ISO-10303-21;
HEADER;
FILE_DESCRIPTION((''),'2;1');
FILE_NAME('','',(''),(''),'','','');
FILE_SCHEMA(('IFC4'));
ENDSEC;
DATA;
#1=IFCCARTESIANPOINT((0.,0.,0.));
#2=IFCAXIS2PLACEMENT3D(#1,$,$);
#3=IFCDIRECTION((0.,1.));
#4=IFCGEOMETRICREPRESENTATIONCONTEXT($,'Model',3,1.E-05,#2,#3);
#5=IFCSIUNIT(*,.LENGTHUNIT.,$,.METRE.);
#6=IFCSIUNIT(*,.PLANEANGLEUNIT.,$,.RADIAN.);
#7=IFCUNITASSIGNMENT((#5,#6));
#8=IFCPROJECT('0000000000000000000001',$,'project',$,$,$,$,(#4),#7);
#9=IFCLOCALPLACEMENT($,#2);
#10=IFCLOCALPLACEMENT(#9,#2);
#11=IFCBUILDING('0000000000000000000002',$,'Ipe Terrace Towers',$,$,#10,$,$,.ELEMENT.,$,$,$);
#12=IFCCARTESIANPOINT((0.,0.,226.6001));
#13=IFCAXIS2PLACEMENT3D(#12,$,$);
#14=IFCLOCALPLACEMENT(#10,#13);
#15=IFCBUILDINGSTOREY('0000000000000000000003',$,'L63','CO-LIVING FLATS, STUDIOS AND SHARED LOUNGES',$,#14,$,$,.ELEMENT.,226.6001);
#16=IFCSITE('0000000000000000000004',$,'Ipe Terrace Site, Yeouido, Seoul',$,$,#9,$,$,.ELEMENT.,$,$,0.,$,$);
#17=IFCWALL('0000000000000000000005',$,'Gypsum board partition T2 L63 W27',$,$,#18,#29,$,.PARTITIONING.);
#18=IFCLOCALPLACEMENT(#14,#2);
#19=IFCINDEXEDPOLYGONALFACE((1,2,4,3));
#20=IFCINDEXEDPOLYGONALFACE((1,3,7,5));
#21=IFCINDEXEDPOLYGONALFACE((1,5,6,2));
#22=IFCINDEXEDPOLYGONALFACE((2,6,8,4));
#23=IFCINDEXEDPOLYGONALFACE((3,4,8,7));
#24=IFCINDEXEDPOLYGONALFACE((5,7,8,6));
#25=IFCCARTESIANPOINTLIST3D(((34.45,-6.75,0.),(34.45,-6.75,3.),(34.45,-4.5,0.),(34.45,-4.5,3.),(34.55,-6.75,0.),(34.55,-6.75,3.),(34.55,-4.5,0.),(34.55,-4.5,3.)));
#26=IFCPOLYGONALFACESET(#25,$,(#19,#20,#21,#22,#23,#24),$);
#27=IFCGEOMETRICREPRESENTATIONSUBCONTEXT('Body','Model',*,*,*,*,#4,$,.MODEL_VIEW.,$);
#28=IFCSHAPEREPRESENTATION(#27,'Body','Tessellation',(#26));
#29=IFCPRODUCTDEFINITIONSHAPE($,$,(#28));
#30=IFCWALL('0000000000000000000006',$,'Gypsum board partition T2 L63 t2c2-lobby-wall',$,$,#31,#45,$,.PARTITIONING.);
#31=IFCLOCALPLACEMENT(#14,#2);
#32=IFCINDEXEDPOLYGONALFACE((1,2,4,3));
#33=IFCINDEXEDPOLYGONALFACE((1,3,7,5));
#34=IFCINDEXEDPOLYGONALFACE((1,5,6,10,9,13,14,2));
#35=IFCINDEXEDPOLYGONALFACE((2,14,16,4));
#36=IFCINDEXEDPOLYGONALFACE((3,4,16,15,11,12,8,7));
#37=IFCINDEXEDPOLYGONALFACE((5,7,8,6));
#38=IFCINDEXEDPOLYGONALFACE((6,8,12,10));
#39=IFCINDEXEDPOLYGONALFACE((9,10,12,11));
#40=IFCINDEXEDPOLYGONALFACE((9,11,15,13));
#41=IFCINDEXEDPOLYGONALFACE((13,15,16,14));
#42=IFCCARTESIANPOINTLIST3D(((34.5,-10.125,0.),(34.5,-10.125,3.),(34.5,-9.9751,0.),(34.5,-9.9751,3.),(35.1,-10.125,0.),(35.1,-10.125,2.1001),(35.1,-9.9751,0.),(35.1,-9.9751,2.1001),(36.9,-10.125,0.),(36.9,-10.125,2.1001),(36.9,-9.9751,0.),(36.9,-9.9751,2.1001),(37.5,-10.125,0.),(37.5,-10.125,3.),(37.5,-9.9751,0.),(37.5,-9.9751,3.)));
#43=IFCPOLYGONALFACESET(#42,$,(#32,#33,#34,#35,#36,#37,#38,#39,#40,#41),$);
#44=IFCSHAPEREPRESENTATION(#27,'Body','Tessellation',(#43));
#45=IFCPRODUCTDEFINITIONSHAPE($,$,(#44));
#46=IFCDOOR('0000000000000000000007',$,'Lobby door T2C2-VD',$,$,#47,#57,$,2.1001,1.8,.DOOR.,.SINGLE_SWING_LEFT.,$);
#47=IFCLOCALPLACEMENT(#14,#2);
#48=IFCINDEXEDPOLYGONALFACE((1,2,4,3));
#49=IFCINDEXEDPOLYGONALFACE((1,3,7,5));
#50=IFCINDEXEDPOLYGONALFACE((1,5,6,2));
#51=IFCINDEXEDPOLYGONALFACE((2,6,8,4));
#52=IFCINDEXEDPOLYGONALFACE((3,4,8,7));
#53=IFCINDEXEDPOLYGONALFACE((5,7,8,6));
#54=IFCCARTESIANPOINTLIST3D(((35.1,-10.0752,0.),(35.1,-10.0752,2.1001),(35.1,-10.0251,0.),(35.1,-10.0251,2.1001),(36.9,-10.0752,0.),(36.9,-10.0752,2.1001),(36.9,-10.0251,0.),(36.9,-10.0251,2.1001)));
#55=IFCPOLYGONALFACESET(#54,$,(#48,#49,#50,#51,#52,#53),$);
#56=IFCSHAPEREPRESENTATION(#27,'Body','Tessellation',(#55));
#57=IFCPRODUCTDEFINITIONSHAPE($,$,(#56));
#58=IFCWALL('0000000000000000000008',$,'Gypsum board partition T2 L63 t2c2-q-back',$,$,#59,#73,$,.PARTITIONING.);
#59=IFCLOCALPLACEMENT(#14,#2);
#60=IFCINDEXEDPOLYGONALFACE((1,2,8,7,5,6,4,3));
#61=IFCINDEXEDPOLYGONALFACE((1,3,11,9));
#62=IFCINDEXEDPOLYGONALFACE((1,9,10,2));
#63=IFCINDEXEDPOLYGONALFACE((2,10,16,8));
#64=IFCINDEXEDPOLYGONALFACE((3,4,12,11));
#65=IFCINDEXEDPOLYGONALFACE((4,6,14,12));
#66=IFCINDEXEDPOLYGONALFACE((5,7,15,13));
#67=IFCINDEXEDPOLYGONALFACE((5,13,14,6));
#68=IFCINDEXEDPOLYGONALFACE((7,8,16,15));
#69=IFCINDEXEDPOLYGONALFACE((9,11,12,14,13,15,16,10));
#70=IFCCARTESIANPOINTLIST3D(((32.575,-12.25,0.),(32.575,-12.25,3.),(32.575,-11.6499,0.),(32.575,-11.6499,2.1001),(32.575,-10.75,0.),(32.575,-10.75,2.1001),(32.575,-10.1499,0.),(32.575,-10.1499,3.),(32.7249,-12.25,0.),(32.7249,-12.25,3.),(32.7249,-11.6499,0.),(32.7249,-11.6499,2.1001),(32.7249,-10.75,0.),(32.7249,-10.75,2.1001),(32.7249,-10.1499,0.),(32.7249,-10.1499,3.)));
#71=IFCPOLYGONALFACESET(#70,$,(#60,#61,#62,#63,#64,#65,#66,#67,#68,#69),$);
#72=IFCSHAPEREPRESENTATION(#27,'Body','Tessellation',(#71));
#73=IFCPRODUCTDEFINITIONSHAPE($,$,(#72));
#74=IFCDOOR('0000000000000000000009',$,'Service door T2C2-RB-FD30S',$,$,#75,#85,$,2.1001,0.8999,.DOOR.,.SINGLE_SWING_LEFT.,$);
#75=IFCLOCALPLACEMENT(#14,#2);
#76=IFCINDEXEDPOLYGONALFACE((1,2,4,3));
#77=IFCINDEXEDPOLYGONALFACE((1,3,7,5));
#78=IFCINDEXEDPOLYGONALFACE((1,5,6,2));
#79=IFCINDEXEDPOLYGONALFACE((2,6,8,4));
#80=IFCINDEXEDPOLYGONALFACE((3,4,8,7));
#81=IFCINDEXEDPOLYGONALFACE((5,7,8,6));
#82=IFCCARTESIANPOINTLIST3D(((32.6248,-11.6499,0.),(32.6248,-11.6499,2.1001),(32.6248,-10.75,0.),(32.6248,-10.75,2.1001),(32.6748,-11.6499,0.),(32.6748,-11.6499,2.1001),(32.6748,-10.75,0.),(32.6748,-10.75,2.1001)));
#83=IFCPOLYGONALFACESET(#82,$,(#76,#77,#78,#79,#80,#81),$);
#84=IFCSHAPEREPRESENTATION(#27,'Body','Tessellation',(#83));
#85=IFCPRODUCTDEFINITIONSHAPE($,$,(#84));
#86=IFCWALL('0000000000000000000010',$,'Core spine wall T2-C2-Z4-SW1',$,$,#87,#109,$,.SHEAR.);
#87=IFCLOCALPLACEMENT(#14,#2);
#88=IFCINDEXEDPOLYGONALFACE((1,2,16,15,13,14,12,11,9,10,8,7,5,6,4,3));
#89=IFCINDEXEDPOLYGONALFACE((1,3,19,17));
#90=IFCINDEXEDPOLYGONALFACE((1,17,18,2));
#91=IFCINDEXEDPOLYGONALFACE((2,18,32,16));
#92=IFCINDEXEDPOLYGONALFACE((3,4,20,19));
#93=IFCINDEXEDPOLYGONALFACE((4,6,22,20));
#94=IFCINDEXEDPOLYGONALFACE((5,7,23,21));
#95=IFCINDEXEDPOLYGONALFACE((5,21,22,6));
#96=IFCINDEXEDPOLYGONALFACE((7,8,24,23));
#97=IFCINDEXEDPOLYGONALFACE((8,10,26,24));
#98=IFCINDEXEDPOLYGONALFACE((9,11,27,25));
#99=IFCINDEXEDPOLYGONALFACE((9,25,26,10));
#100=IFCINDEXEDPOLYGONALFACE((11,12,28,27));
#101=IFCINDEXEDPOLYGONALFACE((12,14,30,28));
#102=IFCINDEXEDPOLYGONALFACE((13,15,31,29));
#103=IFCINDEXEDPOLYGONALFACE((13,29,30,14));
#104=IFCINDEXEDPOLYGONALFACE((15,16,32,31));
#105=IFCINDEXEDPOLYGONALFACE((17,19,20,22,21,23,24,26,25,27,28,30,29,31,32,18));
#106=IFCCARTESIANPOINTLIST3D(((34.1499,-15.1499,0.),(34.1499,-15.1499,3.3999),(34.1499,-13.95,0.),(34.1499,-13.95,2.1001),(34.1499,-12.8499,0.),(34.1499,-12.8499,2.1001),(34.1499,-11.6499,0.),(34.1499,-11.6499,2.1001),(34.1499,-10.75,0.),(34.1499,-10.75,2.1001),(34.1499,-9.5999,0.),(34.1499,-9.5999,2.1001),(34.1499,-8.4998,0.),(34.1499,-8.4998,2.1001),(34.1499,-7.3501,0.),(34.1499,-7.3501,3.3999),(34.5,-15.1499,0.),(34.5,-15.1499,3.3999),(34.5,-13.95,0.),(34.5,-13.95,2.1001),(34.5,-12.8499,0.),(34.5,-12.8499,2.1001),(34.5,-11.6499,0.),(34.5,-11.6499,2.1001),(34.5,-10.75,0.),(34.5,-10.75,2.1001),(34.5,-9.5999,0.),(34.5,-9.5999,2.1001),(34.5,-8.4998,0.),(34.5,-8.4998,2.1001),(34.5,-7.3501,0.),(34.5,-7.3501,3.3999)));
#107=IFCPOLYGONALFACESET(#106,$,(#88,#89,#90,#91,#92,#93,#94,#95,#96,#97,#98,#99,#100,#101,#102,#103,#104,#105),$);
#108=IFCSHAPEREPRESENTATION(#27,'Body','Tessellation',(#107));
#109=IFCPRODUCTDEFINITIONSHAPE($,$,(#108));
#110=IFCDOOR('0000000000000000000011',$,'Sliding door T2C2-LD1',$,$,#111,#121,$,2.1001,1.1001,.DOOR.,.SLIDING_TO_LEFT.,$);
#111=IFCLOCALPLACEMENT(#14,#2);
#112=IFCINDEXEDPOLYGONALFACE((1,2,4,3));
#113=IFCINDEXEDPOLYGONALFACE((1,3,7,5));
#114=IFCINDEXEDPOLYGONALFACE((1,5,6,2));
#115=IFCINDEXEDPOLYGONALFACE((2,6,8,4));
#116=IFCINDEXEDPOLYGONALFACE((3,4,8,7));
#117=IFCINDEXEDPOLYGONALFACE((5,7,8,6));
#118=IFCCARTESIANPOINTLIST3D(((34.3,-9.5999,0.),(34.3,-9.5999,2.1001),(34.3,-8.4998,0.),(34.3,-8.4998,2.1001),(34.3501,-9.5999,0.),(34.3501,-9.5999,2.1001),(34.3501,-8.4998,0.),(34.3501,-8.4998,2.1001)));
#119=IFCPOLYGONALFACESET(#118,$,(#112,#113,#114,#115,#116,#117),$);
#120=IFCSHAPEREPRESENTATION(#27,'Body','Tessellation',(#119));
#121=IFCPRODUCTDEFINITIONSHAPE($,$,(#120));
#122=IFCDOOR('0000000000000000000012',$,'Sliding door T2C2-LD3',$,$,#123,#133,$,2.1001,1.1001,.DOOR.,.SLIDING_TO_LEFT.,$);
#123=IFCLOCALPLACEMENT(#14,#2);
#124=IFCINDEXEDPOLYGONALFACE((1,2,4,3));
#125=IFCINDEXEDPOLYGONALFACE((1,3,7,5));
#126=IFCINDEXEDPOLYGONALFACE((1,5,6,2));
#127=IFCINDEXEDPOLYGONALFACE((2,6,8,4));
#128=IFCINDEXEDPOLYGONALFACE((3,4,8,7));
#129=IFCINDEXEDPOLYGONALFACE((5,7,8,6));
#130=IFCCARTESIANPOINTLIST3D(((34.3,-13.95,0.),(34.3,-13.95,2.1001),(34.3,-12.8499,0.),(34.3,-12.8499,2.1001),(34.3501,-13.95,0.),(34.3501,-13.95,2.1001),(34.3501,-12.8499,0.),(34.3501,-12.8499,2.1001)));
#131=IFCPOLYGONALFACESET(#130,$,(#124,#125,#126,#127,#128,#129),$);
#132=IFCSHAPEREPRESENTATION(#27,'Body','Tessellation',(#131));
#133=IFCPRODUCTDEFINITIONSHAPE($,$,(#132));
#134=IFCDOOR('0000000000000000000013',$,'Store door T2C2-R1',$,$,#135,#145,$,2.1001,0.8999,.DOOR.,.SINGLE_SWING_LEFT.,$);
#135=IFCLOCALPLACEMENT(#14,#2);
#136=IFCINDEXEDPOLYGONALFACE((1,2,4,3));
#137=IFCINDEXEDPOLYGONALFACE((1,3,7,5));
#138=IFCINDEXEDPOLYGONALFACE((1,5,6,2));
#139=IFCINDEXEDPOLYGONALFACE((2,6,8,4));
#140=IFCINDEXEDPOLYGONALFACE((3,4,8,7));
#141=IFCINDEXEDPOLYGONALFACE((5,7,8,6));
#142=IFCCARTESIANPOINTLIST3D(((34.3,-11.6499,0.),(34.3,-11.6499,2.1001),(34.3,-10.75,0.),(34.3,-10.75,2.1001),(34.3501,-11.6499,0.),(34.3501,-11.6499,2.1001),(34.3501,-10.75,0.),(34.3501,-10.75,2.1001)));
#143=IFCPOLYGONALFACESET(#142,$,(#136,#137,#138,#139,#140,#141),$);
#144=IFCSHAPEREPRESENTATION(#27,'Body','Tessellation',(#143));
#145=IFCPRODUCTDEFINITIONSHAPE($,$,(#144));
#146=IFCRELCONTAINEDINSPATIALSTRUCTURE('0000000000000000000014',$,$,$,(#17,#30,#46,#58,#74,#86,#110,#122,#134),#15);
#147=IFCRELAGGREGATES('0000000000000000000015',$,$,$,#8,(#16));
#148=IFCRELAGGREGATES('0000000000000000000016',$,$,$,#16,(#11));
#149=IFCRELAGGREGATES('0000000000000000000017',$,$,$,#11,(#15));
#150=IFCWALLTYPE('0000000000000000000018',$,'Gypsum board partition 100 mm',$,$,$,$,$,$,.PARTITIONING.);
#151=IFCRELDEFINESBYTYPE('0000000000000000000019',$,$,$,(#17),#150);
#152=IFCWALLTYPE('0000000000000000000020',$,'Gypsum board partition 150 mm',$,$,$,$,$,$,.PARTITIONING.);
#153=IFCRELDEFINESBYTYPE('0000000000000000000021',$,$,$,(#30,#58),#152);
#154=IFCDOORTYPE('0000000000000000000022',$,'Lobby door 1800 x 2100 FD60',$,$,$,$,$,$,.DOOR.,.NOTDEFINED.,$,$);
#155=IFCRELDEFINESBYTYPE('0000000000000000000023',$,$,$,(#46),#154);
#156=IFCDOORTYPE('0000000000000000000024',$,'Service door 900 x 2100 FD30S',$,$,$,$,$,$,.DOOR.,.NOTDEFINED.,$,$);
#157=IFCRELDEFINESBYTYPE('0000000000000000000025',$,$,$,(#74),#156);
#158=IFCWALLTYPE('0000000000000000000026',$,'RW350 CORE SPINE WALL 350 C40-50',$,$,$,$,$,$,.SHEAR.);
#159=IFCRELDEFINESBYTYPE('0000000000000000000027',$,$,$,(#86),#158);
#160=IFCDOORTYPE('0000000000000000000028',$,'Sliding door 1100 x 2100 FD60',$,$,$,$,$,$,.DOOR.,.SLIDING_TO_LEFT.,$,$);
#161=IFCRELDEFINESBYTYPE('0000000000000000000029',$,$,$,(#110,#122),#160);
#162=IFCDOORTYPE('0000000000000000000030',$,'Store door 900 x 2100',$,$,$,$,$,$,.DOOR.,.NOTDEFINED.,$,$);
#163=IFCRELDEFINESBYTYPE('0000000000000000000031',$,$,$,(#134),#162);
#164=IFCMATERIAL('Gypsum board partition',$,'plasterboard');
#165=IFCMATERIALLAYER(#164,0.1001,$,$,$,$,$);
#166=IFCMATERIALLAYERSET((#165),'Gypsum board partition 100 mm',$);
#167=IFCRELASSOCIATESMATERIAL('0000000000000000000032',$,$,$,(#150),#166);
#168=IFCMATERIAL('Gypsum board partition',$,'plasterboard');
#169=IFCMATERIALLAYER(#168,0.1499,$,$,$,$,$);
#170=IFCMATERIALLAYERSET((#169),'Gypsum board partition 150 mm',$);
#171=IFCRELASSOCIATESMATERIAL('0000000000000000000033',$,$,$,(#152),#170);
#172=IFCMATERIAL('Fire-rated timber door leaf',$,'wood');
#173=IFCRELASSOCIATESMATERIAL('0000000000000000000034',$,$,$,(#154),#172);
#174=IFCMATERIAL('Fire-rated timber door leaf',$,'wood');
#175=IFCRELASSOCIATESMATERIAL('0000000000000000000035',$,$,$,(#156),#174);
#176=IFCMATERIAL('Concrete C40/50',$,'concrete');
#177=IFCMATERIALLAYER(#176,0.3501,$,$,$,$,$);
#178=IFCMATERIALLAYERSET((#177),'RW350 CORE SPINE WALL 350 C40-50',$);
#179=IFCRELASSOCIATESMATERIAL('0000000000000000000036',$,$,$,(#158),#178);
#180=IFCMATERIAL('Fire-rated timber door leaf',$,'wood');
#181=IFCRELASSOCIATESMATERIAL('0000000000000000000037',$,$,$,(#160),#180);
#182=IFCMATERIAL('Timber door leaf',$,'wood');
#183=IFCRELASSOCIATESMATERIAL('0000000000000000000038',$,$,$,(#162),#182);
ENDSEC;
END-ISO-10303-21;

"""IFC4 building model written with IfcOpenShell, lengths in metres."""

from ifc_helpers import new_model, si_unit, direction, frame, frame_2d, origin, place, context, subcontext, project, spatial, rectangle, extrude, material, layer, layer_set, type_object, element, fill, save


model = new_model("IFC4")

# Units and contexts
model_context = context("Model", 3, precision=1e-05, world=origin(), true_north=direction((0.0, 1.0)))
body_context = subcontext(model_context, "Body", "Model", "MODEL_VIEW")
ifc_project = project(units=[si_unit("LENGTHUNIT", "METRE"), si_unit("PLANEANGLEUNIT", "RADIAN")], contexts=[model_context])

# Site, building, storey
site_placement = place(None, origin())
site = spatial("IfcSite", under=ifc_project, at=site_placement, Name="Ipe Terrace Site, Yeouido, Seoul", CompositionType="ELEMENT", RefElevation=0.0)
building_placement = place(site_placement, origin())
building = spatial("IfcBuilding", under=site, at=building_placement, Name="Ipe Terrace Towers", CompositionType="ELEMENT")
storey_placement = place(building_placement, frame((0.0, 0.0, 226.6001)))
storey = spatial("IfcBuildingStorey", under=building, at=storey_placement, Name="L63", Description="CO-LIVING FLATS, STUDIOS AND SHARED LOUNGES", CompositionType="ELEMENT", Elevation=226.6001)

# Wall
ifc_material_1 = material(Name="Gypsum board partition", Category="plasterboard")
ifc_layer_1 = layer(ifc_material_1, 0.1001)
ifc_layer_set_1 = layer_set([ifc_layer_1], Name="Gypsum board partition 100 mm")
wall_type_1 = type_object("IfcWallType", Name="Gypsum board partition 100 mm", PredefinedType="PARTITIONING", material=ifc_layer_set_1)
wall_1_placement = place(storey_placement, frame((34.5, -6.75, 0.0), z_axis=(0.0, 0.0, 1.0), x_axis=(0.0, 1.0, 0.0)))
element("IfcWall", 1, at=wall_1_placement, inside=storey, type_object=wall_type_1, Name="Gypsum board partition T2 L63 W27", PredefinedType="PARTITIONING", context=body_context, shape_type="SweptSolid", body=[
    extrude(rectangle(XDim=2.25, YDim=0.1001, at=frame_2d((1.125, 0.0))), origin(), (0.0, 0.0, 1.0), 3.0),
])

# Walls, openings, doors
ifc_material_2 = material(Name="Gypsum board partition", Category="plasterboard")
ifc_layer_2 = layer(ifc_material_2, 0.1499)
ifc_layer_set_2 = layer_set([ifc_layer_2], Name="Gypsum board partition 150 mm")
wall_type_2 = type_object("IfcWallType", Name="Gypsum board partition 150 mm", PredefinedType="PARTITIONING", material=ifc_layer_set_2)
wall_2_placement = place(storey_placement, frame((34.5, -10.05, 0.0), z_axis=(0.0, 0.0, 1.0), x_axis=(1.0, 0.0, 0.0)))
wall_2 = element("IfcWall", 2, at=wall_2_placement, inside=storey, type_object=wall_type_2, Name="Gypsum board partition T2 L63 t2c2-lobby-wall", PredefinedType="PARTITIONING", context=body_context, shape_type="SweptSolid", body=[
    extrude(rectangle(XDim=3.0, YDim=0.1499, at=frame_2d((1.5, 0.0))), origin(), (0.0, 0.0, 1.0), 3.0),
])
opening_1_placement = place(wall_2_placement, frame((0.6001, 0.0, 0.0)))
opening_1 = element("IfcOpeningElement", 3, at=opening_1_placement, cuts=wall_2, PredefinedType="OPENING", context=body_context, shape_type="SweptSolid", body=[
    extrude(rectangle(XDim=1.8, YDim=2.1001, at=frame_2d((0.8999, 1.05))), frame((0.0, 0.085, 0.0), z_axis=(0.0, -1.0, 0.0), x_axis=(1.0, 0.0, 0.0)), (0.0, 0.0, 1.0), 0.1699),
])
ifc_material_3 = material(Name="Fire-rated timber door leaf", Category="wood")
door_type_1 = type_object("IfcDoorType", Name="Lobby door 1800 x 2100 FD60", OperationType="NOTDEFINED", PredefinedType="DOOR", material=ifc_material_3)
door_1_placement = place(opening_1_placement, origin())
door_1 = element("IfcDoor", 4, at=door_1_placement, inside=storey, type_object=door_type_1, Name="Lobby door T2C2-VD", OperationType="SINGLE_SWING_LEFT", OverallHeight=2.1001, OverallWidth=1.8, PredefinedType="DOOR", context=body_context, shape_type="SweptSolid", body=[
    extrude(rectangle(XDim=1.8, YDim=2.1001, at=frame_2d((0.8999, 1.05))), frame((0.0, 0.0249, 0.0), z_axis=(0.0, -1.0, 0.0), x_axis=(1.0, 0.0, 0.0)), (0.0, 0.0, 1.0), 0.05),
])
fill(opening_1, door_1)
wall_3_placement = place(storey_placement, frame((32.6499, -10.1499, 0.0), z_axis=(0.0, 0.0, 1.0), x_axis=(0.0, -1.0, 0.0)))
wall_3 = element("IfcWall", 5, at=wall_3_placement, inside=storey, type_object=wall_type_2, Name="Gypsum board partition T2 L63 t2c2-q-back", PredefinedType="PARTITIONING", context=body_context, shape_type="SweptSolid", body=[
    extrude(rectangle(XDim=2.1001, YDim=0.1499, at=frame_2d((1.05, 0.0))), origin(), (0.0, 0.0, 1.0), 3.0),
])
opening_2_placement = place(wall_3_placement, frame((0.6001, 0.0, 0.0)))
opening_2 = element("IfcOpeningElement", 6, at=opening_2_placement, cuts=wall_3, PredefinedType="OPENING", context=body_context, shape_type="SweptSolid", body=[
    extrude(rectangle(XDim=0.8999, YDim=2.1001, at=frame_2d((0.45, 1.05))), frame((0.0, 0.085, 0.0), z_axis=(0.0, -1.0, 0.0), x_axis=(1.0, 0.0, 0.0)), (0.0, 0.0, 1.0), 0.1699),
])
ifc_material_4 = material(Name="Fire-rated timber door leaf", Category="wood")
door_type_2 = type_object("IfcDoorType", Name="Service door 900 x 2100 FD30S", OperationType="NOTDEFINED", PredefinedType="DOOR", material=ifc_material_4)
door_2_placement = place(opening_2_placement, origin())
door_2 = element("IfcDoor", 7, at=door_2_placement, inside=storey, type_object=door_type_2, Name="Service door T2C2-RB-FD30S", OperationType="SINGLE_SWING_LEFT", OverallHeight=2.1001, OverallWidth=0.8999, PredefinedType="DOOR", context=body_context, shape_type="SweptSolid", body=[
    extrude(rectangle(XDim=0.8999, YDim=2.1001, at=frame_2d((0.45, 1.05))), frame((0.0, 0.0249, 0.0), z_axis=(0.0, -1.0, 0.0), x_axis=(1.0, 0.0, 0.0)), (0.0, 0.0, 1.0), 0.05),
])
fill(opening_2, door_2)

# Wall, openings, doors
ifc_material_5 = material(Name="Concrete C40/50", Category="concrete")
ifc_layer_3 = layer(ifc_material_5, 0.3501)
ifc_layer_set_3 = layer_set([ifc_layer_3], Name="RW350 CORE SPINE WALL 350 C40-50")
wall_type_3 = type_object("IfcWallType", Name="RW350 CORE SPINE WALL 350 C40-50", PredefinedType="SHEAR", material=ifc_layer_set_3)
wall_4_placement = place(storey_placement, frame((34.325, -15.1499, 0.0), z_axis=(0.0, 0.0, 1.0), x_axis=(0.0, 1.0, 0.0)))
wall_4 = element("IfcWall", 8, at=wall_4_placement, inside=storey, type_object=wall_type_3, Name="Core spine wall T2-C2-Z4-SW1", PredefinedType="SHEAR", context=body_context, shape_type="SweptSolid", body=[
    extrude(rectangle(XDim=7.7998, YDim=0.3501, at=frame_2d((3.8999, 0.0))), origin(), (0.0, 0.0, 1.0), 3.3999),
])
opening_3_placement = place(wall_4_placement, frame((5.55, 0.0, 0.0)))
opening_3 = element("IfcOpeningElement", 9, at=opening_3_placement, cuts=wall_4, PredefinedType="OPENING", context=body_context, shape_type="SweptSolid", body=[
    extrude(rectangle(XDim=1.1001, YDim=2.1001, at=frame_2d((0.55, 1.05))), frame((0.0, 0.1851, 0.0), z_axis=(0.0, -1.0, 0.0), x_axis=(1.0, 0.0, 0.0)), (0.0, 0.0, 1.0), 0.3701),
])
opening_4_placement = place(wall_4_placement, frame((1.2, 0.0, 0.0)))
opening_4 = element("IfcOpeningElement", 10, at=opening_4_placement, cuts=wall_4, PredefinedType="OPENING", context=body_context, shape_type="SweptSolid", body=[
    extrude(rectangle(XDim=1.1001, YDim=2.1001, at=frame_2d((0.55, 1.05))), frame((0.0, 0.1851, 0.0), z_axis=(0.0, -1.0, 0.0), x_axis=(1.0, 0.0, 0.0)), (0.0, 0.0, 1.0), 0.3701),
])
opening_5_placement = place(wall_4_placement, frame((3.5, 0.0, 0.0)))
opening_5 = element("IfcOpeningElement", 11, at=opening_5_placement, cuts=wall_4, PredefinedType="OPENING", context=body_context, shape_type="SweptSolid", body=[
    extrude(rectangle(XDim=0.8999, YDim=2.1001, at=frame_2d((0.45, 1.05))), frame((0.0, 0.1851, 0.0), z_axis=(0.0, -1.0, 0.0), x_axis=(1.0, 0.0, 0.0)), (0.0, 0.0, 1.0), 0.3701),
])
ifc_material_6 = material(Name="Fire-rated timber door leaf", Category="wood")
door_type_3 = type_object("IfcDoorType", Name="Sliding door 1100 x 2100 FD60", OperationType="SLIDING_TO_LEFT", PredefinedType="DOOR", material=ifc_material_6)
door_3_placement = place(opening_3_placement, origin())
door_3 = element("IfcDoor", 12, at=door_3_placement, inside=storey, type_object=door_type_3, Name="Sliding door T2C2-LD1", OperationType="SLIDING_TO_LEFT", OverallHeight=2.1001, OverallWidth=1.1001, PredefinedType="DOOR", context=body_context, shape_type="SweptSolid", body=[
    extrude(rectangle(XDim=1.1001, YDim=2.1001, at=frame_2d((0.55, 1.05))), frame((0.0, 0.0249, 0.0), z_axis=(0.0, -1.0, 0.0), x_axis=(1.0, 0.0, 0.0)), (0.0, 0.0, 1.0), 0.05),
])
fill(opening_3, door_3)
door_4_placement = place(opening_4_placement, origin())
door_4 = element("IfcDoor", 13, at=door_4_placement, inside=storey, type_object=door_type_3, Name="Sliding door T2C2-LD3", OperationType="SLIDING_TO_LEFT", OverallHeight=2.1001, OverallWidth=1.1001, PredefinedType="DOOR", context=body_context, shape_type="SweptSolid", body=[
    extrude(rectangle(XDim=1.1001, YDim=2.1001, at=frame_2d((0.55, 1.05))), frame((0.0, 0.0249, 0.0), z_axis=(0.0, -1.0, 0.0), x_axis=(1.0, 0.0, 0.0)), (0.0, 0.0, 1.0), 0.05),
])
fill(opening_4, door_4)
ifc_material_7 = material(Name="Timber door leaf", Category="wood")
door_type_4 = type_object("IfcDoorType", Name="Store door 900 x 2100", OperationType="NOTDEFINED", PredefinedType="DOOR", material=ifc_material_7)
door_5_placement = place(opening_5_placement, origin())
door_5 = element("IfcDoor", 14, at=door_5_placement, inside=storey, type_object=door_type_4, Name="Store door T2C2-R1", OperationType="SINGLE_SWING_LEFT", OverallHeight=2.1001, OverallWidth=0.8999, PredefinedType="DOOR", context=body_context, shape_type="SweptSolid", body=[
    extrude(rectangle(XDim=0.8999, YDim=2.1001, at=frame_2d((0.45, 1.05))), frame((0.0, 0.0249, 0.0), z_axis=(0.0, -1.0, 0.0), x_axis=(1.0, 0.0, 0.0)), (0.0, 0.0, 1.0), 0.05),
])
fill(opening_5, door_5)

save(model, "model.ifc")
